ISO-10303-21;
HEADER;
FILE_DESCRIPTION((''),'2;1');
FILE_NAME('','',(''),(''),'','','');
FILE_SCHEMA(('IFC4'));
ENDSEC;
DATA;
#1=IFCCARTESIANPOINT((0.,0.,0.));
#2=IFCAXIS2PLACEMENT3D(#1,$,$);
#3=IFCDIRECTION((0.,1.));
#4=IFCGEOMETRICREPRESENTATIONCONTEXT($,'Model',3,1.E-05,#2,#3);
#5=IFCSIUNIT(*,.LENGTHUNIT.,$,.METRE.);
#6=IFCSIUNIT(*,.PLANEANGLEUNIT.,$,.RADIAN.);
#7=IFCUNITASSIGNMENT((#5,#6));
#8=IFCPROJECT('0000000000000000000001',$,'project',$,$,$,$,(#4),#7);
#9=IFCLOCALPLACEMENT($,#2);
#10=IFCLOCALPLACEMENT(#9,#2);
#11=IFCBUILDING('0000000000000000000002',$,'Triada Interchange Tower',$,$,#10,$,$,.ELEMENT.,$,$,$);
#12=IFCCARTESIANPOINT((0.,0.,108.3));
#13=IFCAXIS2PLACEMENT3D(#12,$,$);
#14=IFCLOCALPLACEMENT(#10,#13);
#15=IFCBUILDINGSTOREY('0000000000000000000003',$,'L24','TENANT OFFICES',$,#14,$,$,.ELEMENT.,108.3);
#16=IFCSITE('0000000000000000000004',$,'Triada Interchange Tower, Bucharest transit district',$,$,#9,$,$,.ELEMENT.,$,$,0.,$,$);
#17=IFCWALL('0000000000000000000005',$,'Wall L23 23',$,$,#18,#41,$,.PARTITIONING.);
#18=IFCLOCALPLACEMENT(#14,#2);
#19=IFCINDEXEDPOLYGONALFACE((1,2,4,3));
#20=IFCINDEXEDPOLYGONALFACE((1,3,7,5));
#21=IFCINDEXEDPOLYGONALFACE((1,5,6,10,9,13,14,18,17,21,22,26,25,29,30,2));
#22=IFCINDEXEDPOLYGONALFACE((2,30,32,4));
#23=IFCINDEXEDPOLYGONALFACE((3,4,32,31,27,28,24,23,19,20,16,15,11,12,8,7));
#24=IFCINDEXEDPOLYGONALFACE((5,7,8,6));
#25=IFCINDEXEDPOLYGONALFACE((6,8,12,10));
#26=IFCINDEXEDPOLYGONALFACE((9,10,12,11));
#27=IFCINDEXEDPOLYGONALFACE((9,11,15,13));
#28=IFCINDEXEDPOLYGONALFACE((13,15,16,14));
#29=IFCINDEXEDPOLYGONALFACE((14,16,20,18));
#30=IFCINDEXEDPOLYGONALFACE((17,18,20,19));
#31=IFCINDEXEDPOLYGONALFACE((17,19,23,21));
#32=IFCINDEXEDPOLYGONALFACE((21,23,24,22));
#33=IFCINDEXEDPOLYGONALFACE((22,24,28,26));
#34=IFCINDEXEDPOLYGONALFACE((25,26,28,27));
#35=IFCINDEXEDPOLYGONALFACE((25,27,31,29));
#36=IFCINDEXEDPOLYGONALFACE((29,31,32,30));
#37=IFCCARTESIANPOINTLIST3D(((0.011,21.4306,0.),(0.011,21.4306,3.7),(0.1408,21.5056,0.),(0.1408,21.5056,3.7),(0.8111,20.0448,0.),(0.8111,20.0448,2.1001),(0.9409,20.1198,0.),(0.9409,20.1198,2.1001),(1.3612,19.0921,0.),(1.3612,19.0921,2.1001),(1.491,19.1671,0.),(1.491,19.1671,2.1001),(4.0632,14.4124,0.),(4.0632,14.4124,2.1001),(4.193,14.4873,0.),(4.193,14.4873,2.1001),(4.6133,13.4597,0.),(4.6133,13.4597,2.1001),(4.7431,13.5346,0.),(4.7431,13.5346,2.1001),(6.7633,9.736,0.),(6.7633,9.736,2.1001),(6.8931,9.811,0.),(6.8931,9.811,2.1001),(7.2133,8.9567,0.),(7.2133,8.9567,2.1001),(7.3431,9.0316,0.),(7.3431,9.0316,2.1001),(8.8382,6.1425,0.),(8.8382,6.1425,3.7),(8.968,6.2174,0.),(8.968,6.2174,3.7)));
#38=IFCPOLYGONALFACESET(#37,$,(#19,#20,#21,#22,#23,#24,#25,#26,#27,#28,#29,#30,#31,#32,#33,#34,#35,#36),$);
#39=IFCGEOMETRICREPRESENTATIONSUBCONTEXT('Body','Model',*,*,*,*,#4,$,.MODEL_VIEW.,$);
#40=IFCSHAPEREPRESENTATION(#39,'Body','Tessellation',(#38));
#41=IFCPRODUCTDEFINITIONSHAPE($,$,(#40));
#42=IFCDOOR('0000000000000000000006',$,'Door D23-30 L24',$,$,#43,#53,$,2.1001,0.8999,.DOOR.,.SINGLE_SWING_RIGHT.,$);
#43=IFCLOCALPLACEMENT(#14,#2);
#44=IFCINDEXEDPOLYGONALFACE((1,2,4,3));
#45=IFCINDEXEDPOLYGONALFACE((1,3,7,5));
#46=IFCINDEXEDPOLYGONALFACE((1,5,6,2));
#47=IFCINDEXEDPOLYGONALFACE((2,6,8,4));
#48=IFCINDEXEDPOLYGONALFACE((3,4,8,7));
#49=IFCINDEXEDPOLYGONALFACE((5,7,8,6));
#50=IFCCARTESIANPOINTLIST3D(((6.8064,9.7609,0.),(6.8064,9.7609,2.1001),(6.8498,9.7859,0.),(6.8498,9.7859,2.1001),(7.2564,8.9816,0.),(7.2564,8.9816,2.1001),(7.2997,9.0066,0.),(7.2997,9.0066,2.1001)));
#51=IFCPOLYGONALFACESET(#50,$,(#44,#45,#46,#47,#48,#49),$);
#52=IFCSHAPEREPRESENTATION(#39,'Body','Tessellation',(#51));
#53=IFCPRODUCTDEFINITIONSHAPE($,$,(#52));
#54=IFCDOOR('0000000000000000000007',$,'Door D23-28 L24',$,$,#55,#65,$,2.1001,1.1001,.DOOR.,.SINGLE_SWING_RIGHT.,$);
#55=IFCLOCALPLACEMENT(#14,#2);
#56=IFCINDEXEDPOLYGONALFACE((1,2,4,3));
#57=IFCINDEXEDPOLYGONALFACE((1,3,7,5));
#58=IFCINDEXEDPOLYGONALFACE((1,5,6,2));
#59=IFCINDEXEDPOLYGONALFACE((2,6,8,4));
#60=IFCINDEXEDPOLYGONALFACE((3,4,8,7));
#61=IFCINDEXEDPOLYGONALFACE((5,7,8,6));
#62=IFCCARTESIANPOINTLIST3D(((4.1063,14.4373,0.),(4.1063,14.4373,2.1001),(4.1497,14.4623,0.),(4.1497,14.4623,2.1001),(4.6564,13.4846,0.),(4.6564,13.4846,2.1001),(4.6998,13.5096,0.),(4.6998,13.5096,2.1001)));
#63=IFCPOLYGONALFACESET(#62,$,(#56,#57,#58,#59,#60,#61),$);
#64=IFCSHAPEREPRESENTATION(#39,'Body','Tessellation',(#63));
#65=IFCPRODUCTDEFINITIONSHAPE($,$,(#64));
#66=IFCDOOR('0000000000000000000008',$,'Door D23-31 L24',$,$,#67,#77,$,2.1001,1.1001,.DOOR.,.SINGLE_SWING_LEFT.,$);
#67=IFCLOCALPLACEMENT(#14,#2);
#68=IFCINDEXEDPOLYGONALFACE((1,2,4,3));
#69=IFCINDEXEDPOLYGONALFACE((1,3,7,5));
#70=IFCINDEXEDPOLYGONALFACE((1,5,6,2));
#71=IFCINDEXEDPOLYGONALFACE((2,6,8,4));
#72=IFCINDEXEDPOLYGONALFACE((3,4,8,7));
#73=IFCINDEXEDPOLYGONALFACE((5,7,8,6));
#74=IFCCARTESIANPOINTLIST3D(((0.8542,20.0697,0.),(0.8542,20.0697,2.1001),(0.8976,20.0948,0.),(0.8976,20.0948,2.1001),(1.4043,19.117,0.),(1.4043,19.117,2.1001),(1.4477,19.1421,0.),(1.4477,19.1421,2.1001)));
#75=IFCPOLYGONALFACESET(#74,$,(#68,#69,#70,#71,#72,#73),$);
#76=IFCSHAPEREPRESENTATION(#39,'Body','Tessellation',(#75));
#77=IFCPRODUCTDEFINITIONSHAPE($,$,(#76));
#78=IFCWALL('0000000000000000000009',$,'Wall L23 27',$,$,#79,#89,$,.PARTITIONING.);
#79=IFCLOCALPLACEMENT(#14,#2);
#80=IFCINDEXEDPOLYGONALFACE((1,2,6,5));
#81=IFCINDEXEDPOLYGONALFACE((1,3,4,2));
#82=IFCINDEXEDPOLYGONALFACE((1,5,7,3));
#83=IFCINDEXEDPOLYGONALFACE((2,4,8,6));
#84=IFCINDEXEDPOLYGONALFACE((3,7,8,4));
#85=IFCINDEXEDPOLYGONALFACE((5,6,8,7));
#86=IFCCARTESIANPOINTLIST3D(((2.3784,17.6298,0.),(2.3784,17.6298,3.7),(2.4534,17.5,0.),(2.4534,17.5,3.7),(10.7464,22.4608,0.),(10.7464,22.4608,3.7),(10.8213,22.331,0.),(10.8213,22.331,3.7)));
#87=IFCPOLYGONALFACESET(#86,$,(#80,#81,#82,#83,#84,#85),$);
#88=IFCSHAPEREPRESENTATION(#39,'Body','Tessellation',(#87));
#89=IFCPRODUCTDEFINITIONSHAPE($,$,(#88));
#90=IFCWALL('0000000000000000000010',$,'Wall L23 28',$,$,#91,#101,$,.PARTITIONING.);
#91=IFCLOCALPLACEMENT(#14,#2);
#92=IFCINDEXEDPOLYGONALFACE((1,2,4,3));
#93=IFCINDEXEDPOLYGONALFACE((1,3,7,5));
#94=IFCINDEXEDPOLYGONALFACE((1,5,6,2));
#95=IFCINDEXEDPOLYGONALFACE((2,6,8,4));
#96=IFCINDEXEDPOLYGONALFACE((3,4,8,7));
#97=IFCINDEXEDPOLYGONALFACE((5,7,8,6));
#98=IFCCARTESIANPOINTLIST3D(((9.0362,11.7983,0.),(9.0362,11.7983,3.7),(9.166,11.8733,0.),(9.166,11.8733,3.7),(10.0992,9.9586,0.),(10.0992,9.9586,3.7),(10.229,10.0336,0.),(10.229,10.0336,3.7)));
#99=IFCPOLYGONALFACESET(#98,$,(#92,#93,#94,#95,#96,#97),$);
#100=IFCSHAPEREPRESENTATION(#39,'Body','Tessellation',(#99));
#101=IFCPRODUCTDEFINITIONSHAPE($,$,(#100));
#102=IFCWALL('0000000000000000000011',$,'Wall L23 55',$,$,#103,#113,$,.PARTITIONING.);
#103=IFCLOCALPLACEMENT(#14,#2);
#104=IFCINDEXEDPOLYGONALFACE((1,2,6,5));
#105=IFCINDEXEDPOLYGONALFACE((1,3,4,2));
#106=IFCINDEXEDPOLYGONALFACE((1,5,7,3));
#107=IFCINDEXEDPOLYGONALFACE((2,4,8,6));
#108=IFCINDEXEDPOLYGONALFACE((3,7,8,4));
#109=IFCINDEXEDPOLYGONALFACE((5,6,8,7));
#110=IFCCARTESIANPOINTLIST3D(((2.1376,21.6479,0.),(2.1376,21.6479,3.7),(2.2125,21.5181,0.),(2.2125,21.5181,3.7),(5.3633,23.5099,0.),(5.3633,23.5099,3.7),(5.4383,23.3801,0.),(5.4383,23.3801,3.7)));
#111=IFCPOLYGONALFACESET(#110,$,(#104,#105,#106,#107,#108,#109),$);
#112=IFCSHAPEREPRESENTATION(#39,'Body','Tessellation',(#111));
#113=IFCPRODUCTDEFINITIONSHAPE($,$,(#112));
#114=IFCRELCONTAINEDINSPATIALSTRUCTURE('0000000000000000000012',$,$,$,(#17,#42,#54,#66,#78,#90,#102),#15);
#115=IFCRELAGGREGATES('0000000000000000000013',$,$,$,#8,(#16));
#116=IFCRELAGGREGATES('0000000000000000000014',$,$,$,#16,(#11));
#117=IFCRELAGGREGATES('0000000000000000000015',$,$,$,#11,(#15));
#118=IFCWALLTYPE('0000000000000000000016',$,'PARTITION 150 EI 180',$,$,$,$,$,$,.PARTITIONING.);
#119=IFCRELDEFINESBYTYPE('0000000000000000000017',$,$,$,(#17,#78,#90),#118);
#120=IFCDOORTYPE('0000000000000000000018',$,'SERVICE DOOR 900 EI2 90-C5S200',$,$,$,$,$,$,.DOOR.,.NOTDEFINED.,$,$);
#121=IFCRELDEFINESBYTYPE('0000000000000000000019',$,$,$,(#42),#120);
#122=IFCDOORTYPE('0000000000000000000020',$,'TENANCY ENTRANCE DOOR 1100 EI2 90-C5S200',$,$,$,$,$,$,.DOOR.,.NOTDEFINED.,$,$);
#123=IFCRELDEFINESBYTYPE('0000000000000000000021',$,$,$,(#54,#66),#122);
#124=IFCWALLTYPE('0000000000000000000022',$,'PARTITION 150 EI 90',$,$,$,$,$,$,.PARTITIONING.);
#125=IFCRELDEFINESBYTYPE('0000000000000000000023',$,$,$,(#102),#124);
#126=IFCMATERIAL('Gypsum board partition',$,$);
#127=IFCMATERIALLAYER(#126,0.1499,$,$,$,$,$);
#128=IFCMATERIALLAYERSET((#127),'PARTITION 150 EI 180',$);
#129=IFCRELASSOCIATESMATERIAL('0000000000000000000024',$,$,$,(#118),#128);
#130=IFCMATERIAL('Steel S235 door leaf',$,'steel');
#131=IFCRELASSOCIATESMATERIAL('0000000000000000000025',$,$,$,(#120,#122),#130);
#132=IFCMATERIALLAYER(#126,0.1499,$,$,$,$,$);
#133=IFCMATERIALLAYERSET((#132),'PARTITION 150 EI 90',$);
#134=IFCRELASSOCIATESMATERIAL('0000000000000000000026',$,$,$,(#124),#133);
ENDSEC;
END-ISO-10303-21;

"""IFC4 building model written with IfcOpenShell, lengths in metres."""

from ifc_helpers import new_model, si_unit, direction, frame, frame_2d, origin, place, context, subcontext, project, spatial, rectangle, extrude, material, layer, layer_set, type_object, element, fill, save


model = new_model("IFC4")

# Units and contexts
model_context = context("Model", 3, precision=1e-05, world=origin(), true_north=direction((0.0, 1.0)))
body_context = subcontext(model_context, "Body", "Model", "MODEL_VIEW")
ifc_project = project(units=[si_unit("LENGTHUNIT", "METRE"), si_unit("PLANEANGLEUNIT", "RADIAN")], contexts=[model_context])

# Site, building, storey
site_placement = place(None, origin())
site = spatial("IfcSite", under=ifc_project, at=site_placement, Name="Triada Interchange Tower, Bucharest transit district", CompositionType="ELEMENT", RefElevation=0.0)
building_placement = place(site_placement, origin())
building = spatial("IfcBuilding", under=site, at=building_placement, Name="Triada Interchange Tower", CompositionType="ELEMENT")
storey_placement = place(building_placement, frame((0.0, 0.0, 108.3)))
storey = spatial("IfcBuildingStorey", under=building, at=storey_placement, Name="L24", Description="TENANT OFFICES", CompositionType="ELEMENT", Elevation=108.3)

# Shared definitions
ifc_material_1 = material(Name="Steel S235 door leaf", Category="steel")

# Shared definitions
ifc_material_2 = material(Name="Gypsum board partition")
ifc_layer_1 = layer(ifc_material_2, 0.1499)
ifc_layer_set_1 = layer_set([ifc_layer_1], Name="PARTITION 150 EI 180")
wall_type_1 = type_object("IfcWallType", Name="PARTITION 150 EI 180", PredefinedType="PARTITIONING", material=ifc_layer_set_1)

# Wall, openings, doors
wall_1_placement = place(storey_placement, frame((0.0759, 21.468, 0.0), z_axis=(0.0, 0.0, 1.0), x_axis=(0.500024, -0.866011, 0.0)))
wall_1 = element("IfcWall", 1, at=wall_1_placement, inside=storey, type_object=wall_type_1, Name="Wall L23 23", PredefinedType="PARTITIONING", context=body_context, shape_type="SweptSolid", body=[
    extrude(rectangle(XDim=17.6536, YDim=0.1499, at=frame_2d((8.8267, 0.0))), origin(), (0.0, 0.0, 1.0), 3.7),
])
opening_1_placement = place(wall_1_placement, frame((8.104, 0.0, 0.0)))
opening_1 = element("IfcOpeningElement", 2, at=opening_1_placement, cuts=wall_1, PredefinedType="OPENING", context=body_context, shape_type="SweptSolid", body=[
    extrude(rectangle(XDim=1.1001, YDim=2.1001, at=frame_2d((0.55, 1.05))), frame((0.0, 0.085, 0.0), z_axis=(0.0, -1.0, 0.0), x_axis=(1.0, 0.0, 0.0)), (0.0, 0.0, 1.0), 0.1699),
])
opening_2_placement = place(wall_1_placement, frame((13.5039, 0.0, 0.0)))
opening_2 = element("IfcOpeningElement", 3, at=opening_2_placement, cuts=wall_1, PredefinedType="OPENING", context=body_context, shape_type="SweptSolid", body=[
    extrude(rectangle(XDim=0.8999, YDim=2.1001, at=frame_2d((0.45, 1.05))), frame((0.0, 0.085, 0.0), z_axis=(0.0, -1.0, 0.0), x_axis=(1.0, 0.0, 0.0)), (0.0, 0.0, 1.0), 0.1699),
])
opening_3_placement = place(wall_1_placement, frame((1.6001, 0.0, 0.0)))
opening_3 = element("IfcOpeningElement", 4, at=opening_3_placement, cuts=wall_1, PredefinedType="OPENING", context=body_context, shape_type="SweptSolid", body=[
    extrude(rectangle(XDim=1.1001, YDim=2.1001, at=frame_2d((0.55, 1.05))), frame((0.0, 0.085, 0.0), z_axis=(0.0, -1.0, 0.0), x_axis=(1.0, 0.0, 0.0)), (0.0, 0.0, 1.0), 0.1699),
])
door_type_1 = type_object("IfcDoorType", Name="SERVICE DOOR 900 EI2 90-C5S200", OperationType="NOTDEFINED", PredefinedType="DOOR", material=ifc_material_1)
door_1_placement = place(opening_2_placement, origin())
door_1 = element("IfcDoor", 5, at=door_1_placement, inside=storey, type_object=door_type_1, Name="Door D23-30 L24", OperationType="SINGLE_SWING_RIGHT", OverallHeight=2.1001, OverallWidth=0.8999, PredefinedType="DOOR", context=body_context, shape_type="SweptSolid", body=[
    extrude(rectangle(XDim=0.8999, YDim=2.1001, at=frame_2d((0.45, 1.05))), frame((0.0, 0.0249, 0.0), z_axis=(0.0, -1.0, 0.0), x_axis=(1.0, 0.0, 0.0)), (0.0, 0.0, 1.0), 0.05),
])
fill(opening_2, door_1)
door_type_2 = type_object("IfcDoorType", Name="TENANCY ENTRANCE DOOR 1100 EI2 90-C5S200", OperationType="NOTDEFINED", PredefinedType="DOOR", material=ifc_material_1)
door_2_placement = place(opening_1_placement, origin())
door_2 = element("IfcDoor", 6, at=door_2_placement, inside=storey, type_object=door_type_2, Name="Door D23-28 L24", OperationType="SINGLE_SWING_RIGHT", OverallHeight=2.1001, OverallWidth=1.1001, PredefinedType="DOOR", context=body_context, shape_type="SweptSolid", body=[
    extrude(rectangle(XDim=1.1001, YDim=2.1001, at=frame_2d((0.55, 1.05))), frame((0.0, 0.0249, 0.0), z_axis=(0.0, -1.0, 0.0), x_axis=(1.0, 0.0, 0.0)), (0.0, 0.0, 1.0), 0.05),
])
fill(opening_1, door_2)
door_3_placement = place(opening_3_placement, origin())
door_3 = element("IfcDoor", 7, at=door_3_placement, inside=storey, type_object=door_type_2, Name="Door D23-31 L24", OperationType="SINGLE_SWING_LEFT", OverallHeight=2.1001, OverallWidth=1.1001, PredefinedType="DOOR", context=body_context, shape_type="SweptSolid", body=[
    extrude(rectangle(XDim=1.1001, YDim=2.1001, at=frame_2d((0.55, 1.05))), frame((0.0, 0.0249, 0.0), z_axis=(0.0, -1.0, 0.0), x_axis=(1.0, 0.0, 0.0)), (0.0, 0.0, 1.0), 0.05),
])
fill(opening_3, door_3)

# Walls
wall_2_placement = place(storey_placement, frame((2.416, 17.5649, 0.0), z_axis=(0.0, 0.0, 1.0), x_axis=(0.866033, 0.499987, 0.0)))
element("IfcWall", 8, at=wall_2_placement, inside=storey, type_object=wall_type_1, Name="Wall L23 27", PredefinedType="PARTITIONING", context=body_context, shape_type="SweptSolid", body=[
    extrude(rectangle(XDim=9.6624, YDim=0.1499, at=frame_2d((4.8311, 0.0))), origin(), (0.0, 0.0, 1.0), 3.7),
])
wall_3_placement = place(storey_placement, frame((9.1011, 11.8359, 0.0), z_axis=(0.0, 0.0, 1.0), x_axis=(0.500266, -0.865872, 0.0)))
element("IfcWall", 9, at=wall_3_placement, inside=storey, type_object=wall_type_1, Name="Wall L23 28", PredefinedType="PARTITIONING", context=body_context, shape_type="SweptSolid", body=[
    extrude(rectangle(XDim=2.1248, YDim=0.1499, at=frame_2d((1.0625, 0.0))), origin(), (0.0, 0.0, 1.0), 3.7),
])
ifc_layer_2 = layer(ifc_material_2, 0.1499)
ifc_layer_set_2 = layer_set([ifc_layer_2], Name="PARTITION 150 EI 90")
wall_type_2 = type_object("IfcWallType", Name="PARTITION 150 EI 90", PredefinedType="PARTITIONING", material=ifc_layer_set_2)
wall_4_placement = place(storey_placement, frame((2.175, 21.583, 0.0), z_axis=(0.0, 0.0, 1.0), x_axis=(0.866069, 0.499925, 0.0)))
element("IfcWall", 10, at=wall_4_placement, inside=storey, type_object=wall_type_2, Name="Wall L23 55", PredefinedType="PARTITIONING", context=body_context, shape_type="SweptSolid", body=[
    extrude(rectangle(XDim=3.7246, YDim=0.1499, at=frame_2d((1.8623, 0.0))), origin(), (0.0, 0.0, 1.0), 3.7),
])

save(model, "model.ifc")
